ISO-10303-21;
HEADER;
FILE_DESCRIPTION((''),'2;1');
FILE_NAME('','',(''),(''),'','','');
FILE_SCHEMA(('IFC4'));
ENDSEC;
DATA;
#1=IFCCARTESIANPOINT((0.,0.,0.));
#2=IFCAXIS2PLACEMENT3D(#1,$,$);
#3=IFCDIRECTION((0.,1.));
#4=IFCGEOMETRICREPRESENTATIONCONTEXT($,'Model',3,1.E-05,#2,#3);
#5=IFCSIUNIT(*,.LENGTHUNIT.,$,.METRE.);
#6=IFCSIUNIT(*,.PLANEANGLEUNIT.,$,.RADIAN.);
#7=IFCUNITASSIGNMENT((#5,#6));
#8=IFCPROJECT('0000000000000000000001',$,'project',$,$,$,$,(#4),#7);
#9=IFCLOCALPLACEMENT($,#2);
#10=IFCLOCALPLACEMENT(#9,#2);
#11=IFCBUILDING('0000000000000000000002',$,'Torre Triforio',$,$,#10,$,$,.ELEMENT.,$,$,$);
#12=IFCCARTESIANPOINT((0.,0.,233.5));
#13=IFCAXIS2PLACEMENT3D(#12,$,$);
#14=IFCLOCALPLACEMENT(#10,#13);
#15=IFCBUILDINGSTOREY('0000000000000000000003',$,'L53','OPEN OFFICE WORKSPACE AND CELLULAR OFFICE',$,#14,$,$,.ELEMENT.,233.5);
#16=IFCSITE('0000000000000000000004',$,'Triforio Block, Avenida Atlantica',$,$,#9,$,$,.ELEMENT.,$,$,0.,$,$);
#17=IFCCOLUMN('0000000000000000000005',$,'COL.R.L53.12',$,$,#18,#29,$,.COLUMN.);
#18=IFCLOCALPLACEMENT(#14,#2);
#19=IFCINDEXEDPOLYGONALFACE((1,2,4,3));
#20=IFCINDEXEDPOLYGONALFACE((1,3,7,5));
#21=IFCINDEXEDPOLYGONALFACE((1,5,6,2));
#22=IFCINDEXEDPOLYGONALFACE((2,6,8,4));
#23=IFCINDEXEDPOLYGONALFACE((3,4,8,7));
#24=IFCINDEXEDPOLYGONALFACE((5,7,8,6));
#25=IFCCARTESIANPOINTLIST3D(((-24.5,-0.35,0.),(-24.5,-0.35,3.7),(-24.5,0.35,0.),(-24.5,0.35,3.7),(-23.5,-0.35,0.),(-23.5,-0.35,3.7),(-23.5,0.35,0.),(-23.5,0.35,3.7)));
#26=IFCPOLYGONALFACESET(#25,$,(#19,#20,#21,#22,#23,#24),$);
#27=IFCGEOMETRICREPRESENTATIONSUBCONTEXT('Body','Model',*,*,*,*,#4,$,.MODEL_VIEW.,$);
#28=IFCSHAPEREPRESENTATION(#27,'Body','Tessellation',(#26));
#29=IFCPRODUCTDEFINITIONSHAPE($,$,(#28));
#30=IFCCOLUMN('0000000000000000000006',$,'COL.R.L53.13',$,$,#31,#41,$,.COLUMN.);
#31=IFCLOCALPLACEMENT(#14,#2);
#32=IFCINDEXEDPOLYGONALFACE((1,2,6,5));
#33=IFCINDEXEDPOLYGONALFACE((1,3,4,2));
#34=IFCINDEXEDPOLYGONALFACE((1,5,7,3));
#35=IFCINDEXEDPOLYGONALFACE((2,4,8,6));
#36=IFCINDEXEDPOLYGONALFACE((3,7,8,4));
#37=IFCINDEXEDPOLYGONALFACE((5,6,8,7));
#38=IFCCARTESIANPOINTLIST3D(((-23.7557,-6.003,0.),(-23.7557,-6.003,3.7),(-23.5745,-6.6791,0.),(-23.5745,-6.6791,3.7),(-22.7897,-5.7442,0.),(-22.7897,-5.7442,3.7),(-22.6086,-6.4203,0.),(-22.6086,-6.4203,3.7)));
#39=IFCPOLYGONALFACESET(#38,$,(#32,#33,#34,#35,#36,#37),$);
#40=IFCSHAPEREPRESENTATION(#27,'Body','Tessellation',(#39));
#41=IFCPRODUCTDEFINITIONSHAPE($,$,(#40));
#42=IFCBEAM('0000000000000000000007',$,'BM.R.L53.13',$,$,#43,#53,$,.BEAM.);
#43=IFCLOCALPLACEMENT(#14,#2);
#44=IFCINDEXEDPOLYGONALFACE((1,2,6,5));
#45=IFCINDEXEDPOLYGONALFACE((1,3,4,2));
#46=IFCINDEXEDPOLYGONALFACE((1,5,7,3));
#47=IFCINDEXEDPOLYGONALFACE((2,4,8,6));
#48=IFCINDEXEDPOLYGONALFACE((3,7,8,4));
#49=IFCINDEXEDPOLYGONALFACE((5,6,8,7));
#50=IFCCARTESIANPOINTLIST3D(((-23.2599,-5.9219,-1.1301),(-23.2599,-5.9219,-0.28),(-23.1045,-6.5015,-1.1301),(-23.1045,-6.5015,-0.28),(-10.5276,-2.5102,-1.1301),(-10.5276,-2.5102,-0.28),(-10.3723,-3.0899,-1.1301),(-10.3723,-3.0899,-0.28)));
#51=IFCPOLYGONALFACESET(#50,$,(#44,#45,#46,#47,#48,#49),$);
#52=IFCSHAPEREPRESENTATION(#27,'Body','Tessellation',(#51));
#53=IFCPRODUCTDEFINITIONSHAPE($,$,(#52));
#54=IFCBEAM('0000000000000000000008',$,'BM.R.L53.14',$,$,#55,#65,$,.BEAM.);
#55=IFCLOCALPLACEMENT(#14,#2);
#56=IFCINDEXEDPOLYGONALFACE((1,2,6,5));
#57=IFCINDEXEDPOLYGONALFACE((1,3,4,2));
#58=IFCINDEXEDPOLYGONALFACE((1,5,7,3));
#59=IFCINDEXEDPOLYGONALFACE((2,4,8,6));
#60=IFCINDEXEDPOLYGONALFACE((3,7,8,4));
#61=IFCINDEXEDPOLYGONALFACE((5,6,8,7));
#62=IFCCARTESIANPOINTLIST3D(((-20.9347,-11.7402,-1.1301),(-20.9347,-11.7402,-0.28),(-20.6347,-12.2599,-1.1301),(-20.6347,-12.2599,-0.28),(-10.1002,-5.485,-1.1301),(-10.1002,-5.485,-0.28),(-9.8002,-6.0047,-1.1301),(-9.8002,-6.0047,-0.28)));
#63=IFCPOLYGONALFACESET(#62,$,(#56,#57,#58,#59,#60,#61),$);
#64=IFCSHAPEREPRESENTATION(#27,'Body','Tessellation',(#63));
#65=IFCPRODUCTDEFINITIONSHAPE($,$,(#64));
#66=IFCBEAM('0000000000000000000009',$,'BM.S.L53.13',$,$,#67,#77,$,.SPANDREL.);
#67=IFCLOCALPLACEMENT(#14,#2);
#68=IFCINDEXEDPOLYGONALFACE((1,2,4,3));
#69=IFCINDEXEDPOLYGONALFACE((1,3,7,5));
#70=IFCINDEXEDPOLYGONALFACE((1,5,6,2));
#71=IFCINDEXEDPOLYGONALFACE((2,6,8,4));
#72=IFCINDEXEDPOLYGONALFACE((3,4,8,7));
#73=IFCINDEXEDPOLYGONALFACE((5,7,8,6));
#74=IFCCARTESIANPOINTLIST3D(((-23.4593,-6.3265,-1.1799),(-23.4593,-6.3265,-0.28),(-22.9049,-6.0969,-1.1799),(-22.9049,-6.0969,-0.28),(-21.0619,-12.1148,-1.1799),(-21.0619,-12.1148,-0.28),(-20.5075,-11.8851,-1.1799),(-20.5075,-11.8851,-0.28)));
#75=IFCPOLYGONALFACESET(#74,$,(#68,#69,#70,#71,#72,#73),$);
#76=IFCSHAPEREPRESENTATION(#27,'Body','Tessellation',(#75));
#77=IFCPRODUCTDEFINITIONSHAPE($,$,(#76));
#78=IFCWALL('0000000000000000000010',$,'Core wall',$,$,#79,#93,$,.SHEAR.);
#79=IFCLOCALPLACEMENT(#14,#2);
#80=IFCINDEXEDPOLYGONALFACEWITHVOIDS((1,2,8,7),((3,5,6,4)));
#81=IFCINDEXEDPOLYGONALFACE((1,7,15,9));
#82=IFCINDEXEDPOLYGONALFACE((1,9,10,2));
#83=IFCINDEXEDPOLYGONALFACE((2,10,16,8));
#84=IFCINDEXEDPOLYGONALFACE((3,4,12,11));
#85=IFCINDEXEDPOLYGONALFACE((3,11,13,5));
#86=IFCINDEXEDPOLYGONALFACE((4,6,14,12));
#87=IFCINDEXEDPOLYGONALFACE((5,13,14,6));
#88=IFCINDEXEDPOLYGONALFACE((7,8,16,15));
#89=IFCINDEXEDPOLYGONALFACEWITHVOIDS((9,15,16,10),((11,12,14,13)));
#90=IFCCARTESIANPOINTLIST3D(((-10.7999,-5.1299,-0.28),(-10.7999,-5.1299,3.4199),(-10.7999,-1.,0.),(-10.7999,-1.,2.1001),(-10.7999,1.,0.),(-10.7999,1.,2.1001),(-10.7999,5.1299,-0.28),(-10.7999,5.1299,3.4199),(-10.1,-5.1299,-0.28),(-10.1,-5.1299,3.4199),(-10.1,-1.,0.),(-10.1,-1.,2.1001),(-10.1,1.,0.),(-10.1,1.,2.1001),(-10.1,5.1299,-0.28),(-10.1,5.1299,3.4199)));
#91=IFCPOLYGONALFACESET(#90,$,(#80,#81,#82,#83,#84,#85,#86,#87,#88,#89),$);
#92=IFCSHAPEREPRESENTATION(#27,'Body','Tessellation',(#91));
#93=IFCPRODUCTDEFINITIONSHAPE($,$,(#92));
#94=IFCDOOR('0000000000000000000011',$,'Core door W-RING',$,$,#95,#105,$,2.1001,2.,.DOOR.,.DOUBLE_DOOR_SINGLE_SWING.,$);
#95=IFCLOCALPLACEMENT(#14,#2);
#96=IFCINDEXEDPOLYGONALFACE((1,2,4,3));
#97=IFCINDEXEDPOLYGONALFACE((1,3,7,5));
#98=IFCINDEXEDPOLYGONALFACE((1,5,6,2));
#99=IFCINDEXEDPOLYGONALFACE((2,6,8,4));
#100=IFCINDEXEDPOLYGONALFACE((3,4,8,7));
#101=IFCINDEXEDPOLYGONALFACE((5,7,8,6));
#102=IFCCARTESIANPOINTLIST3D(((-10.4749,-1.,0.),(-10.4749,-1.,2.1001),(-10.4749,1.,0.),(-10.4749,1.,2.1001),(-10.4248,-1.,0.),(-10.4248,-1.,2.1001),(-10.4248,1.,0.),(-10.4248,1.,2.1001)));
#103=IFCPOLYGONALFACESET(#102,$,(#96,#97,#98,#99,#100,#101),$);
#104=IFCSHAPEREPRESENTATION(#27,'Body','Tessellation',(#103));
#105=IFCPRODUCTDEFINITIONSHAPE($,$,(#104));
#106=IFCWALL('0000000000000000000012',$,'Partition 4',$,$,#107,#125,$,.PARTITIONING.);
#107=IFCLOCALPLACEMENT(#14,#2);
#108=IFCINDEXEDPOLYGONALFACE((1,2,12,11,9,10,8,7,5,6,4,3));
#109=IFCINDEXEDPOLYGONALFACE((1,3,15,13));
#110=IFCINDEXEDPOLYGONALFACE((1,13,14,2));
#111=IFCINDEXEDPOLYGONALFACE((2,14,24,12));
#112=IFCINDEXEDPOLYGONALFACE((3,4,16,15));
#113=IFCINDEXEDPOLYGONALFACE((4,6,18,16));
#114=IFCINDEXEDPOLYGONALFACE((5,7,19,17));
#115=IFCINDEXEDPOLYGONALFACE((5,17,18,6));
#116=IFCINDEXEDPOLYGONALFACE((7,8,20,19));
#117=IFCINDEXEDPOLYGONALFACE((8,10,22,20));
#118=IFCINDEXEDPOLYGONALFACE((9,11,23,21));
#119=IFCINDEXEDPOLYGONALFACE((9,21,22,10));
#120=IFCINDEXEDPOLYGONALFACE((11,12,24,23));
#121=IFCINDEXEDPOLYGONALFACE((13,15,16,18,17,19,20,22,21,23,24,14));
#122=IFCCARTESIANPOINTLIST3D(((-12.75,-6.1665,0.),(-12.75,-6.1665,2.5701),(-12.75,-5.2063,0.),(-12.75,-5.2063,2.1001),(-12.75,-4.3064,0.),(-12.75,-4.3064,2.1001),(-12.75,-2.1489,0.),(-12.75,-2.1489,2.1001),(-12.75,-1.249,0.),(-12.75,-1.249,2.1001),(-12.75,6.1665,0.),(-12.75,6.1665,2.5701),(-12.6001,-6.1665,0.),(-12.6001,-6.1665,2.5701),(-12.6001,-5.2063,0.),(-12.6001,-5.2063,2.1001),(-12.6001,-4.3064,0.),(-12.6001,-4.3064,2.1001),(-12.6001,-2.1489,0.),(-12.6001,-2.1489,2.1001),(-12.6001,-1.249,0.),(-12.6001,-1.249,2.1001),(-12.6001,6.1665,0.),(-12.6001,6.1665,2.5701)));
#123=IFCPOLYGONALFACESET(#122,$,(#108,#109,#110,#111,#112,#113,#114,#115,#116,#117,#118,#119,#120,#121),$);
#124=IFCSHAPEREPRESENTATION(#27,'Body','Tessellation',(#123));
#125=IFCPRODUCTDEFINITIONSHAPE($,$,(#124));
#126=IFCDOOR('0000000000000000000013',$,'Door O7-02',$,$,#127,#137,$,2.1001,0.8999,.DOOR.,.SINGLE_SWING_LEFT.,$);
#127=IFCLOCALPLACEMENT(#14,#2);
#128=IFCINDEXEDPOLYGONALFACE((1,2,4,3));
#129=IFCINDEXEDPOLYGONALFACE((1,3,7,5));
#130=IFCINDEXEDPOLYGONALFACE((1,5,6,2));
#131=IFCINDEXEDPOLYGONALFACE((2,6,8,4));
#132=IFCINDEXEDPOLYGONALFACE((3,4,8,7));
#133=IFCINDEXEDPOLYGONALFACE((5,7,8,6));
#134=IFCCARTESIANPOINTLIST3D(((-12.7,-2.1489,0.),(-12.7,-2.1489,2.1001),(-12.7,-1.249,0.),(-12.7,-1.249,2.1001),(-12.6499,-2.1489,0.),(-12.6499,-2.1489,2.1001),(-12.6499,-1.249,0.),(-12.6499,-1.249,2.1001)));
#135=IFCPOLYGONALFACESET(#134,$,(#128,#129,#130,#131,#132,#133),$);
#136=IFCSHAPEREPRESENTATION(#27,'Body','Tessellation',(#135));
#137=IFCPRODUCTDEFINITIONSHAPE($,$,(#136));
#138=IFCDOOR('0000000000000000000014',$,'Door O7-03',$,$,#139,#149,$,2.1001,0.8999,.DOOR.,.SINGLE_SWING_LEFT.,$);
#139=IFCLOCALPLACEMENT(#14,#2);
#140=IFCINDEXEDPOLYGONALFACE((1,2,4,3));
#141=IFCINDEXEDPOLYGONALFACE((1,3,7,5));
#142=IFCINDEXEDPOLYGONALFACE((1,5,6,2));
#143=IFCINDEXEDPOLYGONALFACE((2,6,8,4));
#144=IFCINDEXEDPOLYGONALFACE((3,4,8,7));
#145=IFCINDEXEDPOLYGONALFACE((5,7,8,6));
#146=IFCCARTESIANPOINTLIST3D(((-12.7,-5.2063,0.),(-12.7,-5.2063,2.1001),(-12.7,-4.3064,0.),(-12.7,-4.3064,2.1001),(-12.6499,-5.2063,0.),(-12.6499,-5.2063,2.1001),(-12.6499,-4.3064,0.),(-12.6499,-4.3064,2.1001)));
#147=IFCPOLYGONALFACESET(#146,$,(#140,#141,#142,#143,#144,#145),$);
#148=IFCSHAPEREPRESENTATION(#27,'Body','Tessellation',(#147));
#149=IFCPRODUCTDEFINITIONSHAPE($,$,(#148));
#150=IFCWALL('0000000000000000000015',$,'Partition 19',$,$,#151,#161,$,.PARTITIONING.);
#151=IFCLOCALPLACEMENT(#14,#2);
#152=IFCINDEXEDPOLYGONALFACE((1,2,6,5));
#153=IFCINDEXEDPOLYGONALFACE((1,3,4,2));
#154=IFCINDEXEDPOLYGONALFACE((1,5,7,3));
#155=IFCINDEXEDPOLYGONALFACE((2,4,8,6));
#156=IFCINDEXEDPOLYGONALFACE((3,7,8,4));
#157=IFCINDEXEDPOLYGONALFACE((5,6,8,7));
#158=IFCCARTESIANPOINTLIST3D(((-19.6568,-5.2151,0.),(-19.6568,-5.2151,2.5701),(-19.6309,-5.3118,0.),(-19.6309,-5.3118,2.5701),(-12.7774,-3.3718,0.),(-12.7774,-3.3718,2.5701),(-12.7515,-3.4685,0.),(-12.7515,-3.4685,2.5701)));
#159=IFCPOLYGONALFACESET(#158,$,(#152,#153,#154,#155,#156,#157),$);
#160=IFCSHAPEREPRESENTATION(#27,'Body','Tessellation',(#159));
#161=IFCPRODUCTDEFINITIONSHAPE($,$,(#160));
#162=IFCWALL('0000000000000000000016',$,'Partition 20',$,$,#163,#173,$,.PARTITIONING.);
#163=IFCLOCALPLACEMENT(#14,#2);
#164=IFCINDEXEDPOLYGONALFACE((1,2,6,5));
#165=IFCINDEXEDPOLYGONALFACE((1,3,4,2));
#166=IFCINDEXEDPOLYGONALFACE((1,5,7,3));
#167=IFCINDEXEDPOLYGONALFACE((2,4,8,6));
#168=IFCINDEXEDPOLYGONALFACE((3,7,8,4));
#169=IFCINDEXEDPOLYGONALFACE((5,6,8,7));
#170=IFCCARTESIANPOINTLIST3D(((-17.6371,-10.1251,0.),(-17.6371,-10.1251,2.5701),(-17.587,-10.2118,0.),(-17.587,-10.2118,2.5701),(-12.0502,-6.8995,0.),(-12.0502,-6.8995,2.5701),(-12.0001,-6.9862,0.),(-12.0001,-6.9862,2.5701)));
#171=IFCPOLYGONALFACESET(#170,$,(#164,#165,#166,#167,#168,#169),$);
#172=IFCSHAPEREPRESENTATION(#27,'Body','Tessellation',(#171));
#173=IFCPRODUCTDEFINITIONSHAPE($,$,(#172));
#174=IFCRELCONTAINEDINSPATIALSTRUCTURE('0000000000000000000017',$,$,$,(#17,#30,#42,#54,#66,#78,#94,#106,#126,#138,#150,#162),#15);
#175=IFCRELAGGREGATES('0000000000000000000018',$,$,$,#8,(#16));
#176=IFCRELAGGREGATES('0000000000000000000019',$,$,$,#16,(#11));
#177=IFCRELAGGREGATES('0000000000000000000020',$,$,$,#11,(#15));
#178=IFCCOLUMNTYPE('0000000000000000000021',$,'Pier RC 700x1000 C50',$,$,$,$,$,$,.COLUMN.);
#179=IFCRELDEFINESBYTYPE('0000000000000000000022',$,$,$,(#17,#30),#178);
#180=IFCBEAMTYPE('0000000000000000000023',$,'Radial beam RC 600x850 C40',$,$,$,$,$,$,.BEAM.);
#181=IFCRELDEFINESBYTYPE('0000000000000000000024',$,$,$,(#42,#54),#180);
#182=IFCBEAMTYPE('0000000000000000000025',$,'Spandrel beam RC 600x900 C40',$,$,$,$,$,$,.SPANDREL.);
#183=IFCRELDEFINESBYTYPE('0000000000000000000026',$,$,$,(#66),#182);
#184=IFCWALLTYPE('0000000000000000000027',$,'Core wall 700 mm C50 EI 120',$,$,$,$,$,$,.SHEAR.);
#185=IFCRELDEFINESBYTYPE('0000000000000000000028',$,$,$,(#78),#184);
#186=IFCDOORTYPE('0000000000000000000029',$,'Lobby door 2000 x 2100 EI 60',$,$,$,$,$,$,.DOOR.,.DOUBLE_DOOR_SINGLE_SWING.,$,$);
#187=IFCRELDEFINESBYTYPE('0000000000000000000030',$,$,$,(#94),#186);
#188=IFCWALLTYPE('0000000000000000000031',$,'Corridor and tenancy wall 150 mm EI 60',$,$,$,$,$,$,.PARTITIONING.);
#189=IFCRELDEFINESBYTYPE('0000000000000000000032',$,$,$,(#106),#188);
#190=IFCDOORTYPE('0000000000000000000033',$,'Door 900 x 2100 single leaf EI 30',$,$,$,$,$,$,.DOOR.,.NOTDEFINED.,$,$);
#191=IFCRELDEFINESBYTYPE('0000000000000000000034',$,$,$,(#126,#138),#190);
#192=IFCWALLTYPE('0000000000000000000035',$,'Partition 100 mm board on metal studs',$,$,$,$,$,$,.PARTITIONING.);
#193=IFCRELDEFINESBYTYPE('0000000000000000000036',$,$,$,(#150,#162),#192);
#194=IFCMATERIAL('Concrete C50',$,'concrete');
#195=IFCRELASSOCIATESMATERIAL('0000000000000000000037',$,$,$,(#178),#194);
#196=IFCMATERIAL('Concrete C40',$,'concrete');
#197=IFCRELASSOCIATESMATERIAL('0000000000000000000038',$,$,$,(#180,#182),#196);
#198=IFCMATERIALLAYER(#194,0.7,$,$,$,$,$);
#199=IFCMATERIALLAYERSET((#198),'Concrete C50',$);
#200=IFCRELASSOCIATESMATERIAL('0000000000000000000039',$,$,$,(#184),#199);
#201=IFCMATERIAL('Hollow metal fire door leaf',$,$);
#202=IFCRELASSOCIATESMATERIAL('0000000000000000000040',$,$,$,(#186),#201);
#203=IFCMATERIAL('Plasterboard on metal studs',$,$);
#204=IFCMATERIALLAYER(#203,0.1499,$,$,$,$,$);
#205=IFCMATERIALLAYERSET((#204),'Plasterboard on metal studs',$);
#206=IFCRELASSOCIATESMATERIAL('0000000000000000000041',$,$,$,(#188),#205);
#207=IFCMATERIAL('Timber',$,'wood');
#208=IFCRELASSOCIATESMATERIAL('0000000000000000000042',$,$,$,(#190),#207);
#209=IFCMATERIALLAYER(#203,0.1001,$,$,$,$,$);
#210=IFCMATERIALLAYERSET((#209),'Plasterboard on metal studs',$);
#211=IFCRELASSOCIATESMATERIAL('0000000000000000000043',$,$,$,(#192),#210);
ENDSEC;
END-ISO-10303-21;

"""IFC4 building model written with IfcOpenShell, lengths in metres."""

from ifc_helpers import new_model, si_unit, direction, frame, frame_2d, origin, origin_2d, place, context, subcontext, project, spatial, rectangle, extrude, material, layer, layer_set, material_profile, profile_set, type_object, element, fill, save


model = new_model("IFC4")

# Units and contexts
model_context = context("Model", 3, precision=1e-05, world=origin(), true_north=direction((0.0, 1.0)))
body_context = subcontext(model_context, "Body", "Model", "MODEL_VIEW")
ifc_project = project(units=[si_unit("LENGTHUNIT", "METRE"), si_unit("PLANEANGLEUNIT", "RADIAN")], contexts=[model_context])

# Site, building, storey
site_placement = place(None, origin())
site = spatial("IfcSite", under=ifc_project, at=site_placement, Name="Triforio Block, Avenida Atlantica", CompositionType="ELEMENT", RefElevation=0.0)
building_placement = place(site_placement, origin())
building = spatial("IfcBuilding", under=site, at=building_placement, Name="Torre Triforio", CompositionType="ELEMENT")
storey_placement = place(building_placement, frame((0.0, 0.0, 233.5)))
storey = spatial("IfcBuildingStorey", under=building, at=storey_placement, Name="L53", Description="OPEN OFFICE WORKSPACE AND CELLULAR OFFICE", CompositionType="ELEMENT", Elevation=233.5)

# Columns
ifc_material_1 = material(Name="Concrete C50", Category="concrete")
ifc_material_profile_1 = material_profile(ifc_material_1, rectangle(XDim=0.7, YDim=1.0, at=origin_2d()), Name="RC 700x1000")
ifc_profile_set_1 = profile_set([ifc_material_profile_1], Name="Concrete C50")
column_type = type_object("IfcColumnType", Name="Pier RC 700x1000 C50", PredefinedType="COLUMN", material=ifc_profile_set_1)
for number, where, z_axis, x_axis, name in (
    (1, (-24.0, 0.0, 0.0), (0.0, 0.0, 1.0), (0.0, -1.0, 0.0), "COL.R.L53.12"),
    (2, (-23.1821, -6.2117, 0.0), (0.0, 0.0, 1.0), (0.258819, -0.965926, 0.0), "COL.R.L53.13"),
):
    element("IfcColumn", number, at=place(storey_placement, frame(where, z_axis=z_axis, x_axis=x_axis)), inside=storey, type_object=column_type, Name=name, PredefinedType="COLUMN", context=body_context, shape_type="SweptSolid", body=[
        extrude(rectangle(XDim=0.7, YDim=1.0, at=origin_2d()), origin(), (0.0, 0.0, 1.0), 3.7),
    ])

# Beams
ifc_material_2 = material(Name="Concrete C40", Category="concrete")
ifc_material_profile_2 = material_profile(ifc_material_2, rectangle(XDim=0.6001, YDim=0.8501, at=origin_2d()), Name="RC 600x850")
ifc_profile_set_2 = profile_set([ifc_material_profile_2], Name="Concrete C40")
beam_type_1 = type_object("IfcBeamType", Name="Radial beam RC 600x850 C40", PredefinedType="BEAM", material=ifc_profile_set_2)
beam_1_placement = place(storey_placement, frame((-10.45, -2.8, -0.7051), z_axis=(-0.965925, -0.258822, 0.0), x_axis=(0.258822, -0.965925, 0.0)))
element("IfcBeam", 3, at=beam_1_placement, inside=storey, type_object=beam_type_1, Name="BM.R.L53.13", PredefinedType="BEAM", context=body_context, shape_type="SweptSolid", body=[
    extrude(rectangle(XDim=0.6001, YDim=0.8501, at=origin_2d()), origin(), (0.0, 0.0, 1.0), 13.1814),
])
beam_2_placement = place(storey_placement, frame((-9.9502, -5.7449, -0.7051), z_axis=(-0.866031, -0.49999, 0.0), x_axis=(0.49999, -0.866031, 0.0)))
element("IfcBeam", 4, at=beam_2_placement, inside=storey, type_object=beam_type_1, Name="BM.R.L53.14", PredefinedType="BEAM", context=body_context, shape_type="SweptSolid", body=[
    extrude(rectangle(XDim=0.6001, YDim=0.8501, at=origin_2d()), origin(), (0.0, 0.0, 1.0), 12.5105),
])
ifc_material_profile_3 = material_profile(ifc_material_2, rectangle(XDim=0.6001, YDim=0.8999, at=origin_2d()), Name="RC 600x900")
ifc_profile_set_3 = profile_set([ifc_material_profile_3], Name="Concrete C40")
beam_type_2 = type_object("IfcBeamType", Name="Spandrel beam RC 600x900 C40", PredefinedType="SPANDREL", material=ifc_profile_set_3)
beam_3_placement = place(storey_placement, frame((-23.1821, -6.2117, -0.73), z_axis=(0.382664, -0.923888, 0.0), x_axis=(0.923888, 0.382664, 0.0)))
element("IfcBeam", 5, at=beam_3_placement, inside=storey, type_object=beam_type_2, Name="BM.S.L53.13", PredefinedType="SPANDREL", context=body_context, shape_type="SweptSolid", body=[
    extrude(rectangle(XDim=0.6001, YDim=0.8999, at=origin_2d()), origin(), (0.0, 0.0, 1.0), 6.2651),
])

# Wall, opening, door
ifc_layer_1 = layer(ifc_material_1, 0.7)
ifc_layer_set_1 = layer_set([ifc_layer_1], Name="Concrete C50")
wall_type_1 = type_object("IfcWallType", Name="Core wall 700 mm C50 EI 120", PredefinedType="SHEAR", material=ifc_layer_set_1)
wall_1_placement = place(storey_placement, frame((-10.45, -5.1299, -0.28), z_axis=(0.0, 0.0, 1.0), x_axis=(0.0, 1.0, 0.0)))
wall_1 = element("IfcWall", 6, at=wall_1_placement, inside=storey, type_object=wall_type_1, Name="Core wall", PredefinedType="SHEAR", context=body_context, shape_type="SweptSolid", body=[
    extrude(rectangle(XDim=10.2598, YDim=0.7, at=frame_2d((5.1299, 0.0))), origin(), (0.0, 0.0, 1.0), 3.7),
])
opening_1_placement = place(wall_1_placement, frame((4.1299, 0.0, 0.28)))
opening_1 = element("IfcOpeningElement", 7, at=opening_1_placement, cuts=wall_1, PredefinedType="OPENING", context=body_context, shape_type="SweptSolid", body=[
    extrude(rectangle(XDim=2.0, YDim=2.1001, at=frame_2d((1.0, 1.05))), frame((0.0, 0.3599, 0.0), z_axis=(0.0, -1.0, 0.0), x_axis=(1.0, 0.0, 0.0)), (0.0, 0.0, 1.0), 0.72),
])
ifc_material_3 = material(Name="Hollow metal fire door leaf")
door_type_1 = type_object("IfcDoorType", Name="Lobby door 2000 x 2100 EI 60", OperationType="DOUBLE_DOOR_SINGLE_SWING", PredefinedType="DOOR", material=ifc_material_3)
door_1_placement = place(opening_1_placement, origin())
door_1 = element("IfcDoor", 8, at=door_1_placement, inside=storey, type_object=door_type_1, Name="Core door W-RING", OperationType="DOUBLE_DOOR_SINGLE_SWING", OverallHeight=2.1001, OverallWidth=2.0, PredefinedType="DOOR", context=body_context, shape_type="SweptSolid", body=[
    extrude(rectangle(XDim=2.0, YDim=2.1001, at=frame_2d((1.0, 1.05))), frame((0.0, 0.0249, 0.0), z_axis=(0.0, -1.0, 0.0), x_axis=(1.0, 0.0, 0.0)), (0.0, 0.0, 1.0), 0.05),
])
fill(opening_1, door_1)

# Wall, openings, doors
ifc_material_4 = material(Name="Plasterboard on metal studs")
ifc_layer_2 = layer(ifc_material_4, 0.1499)
ifc_layer_set_2 = layer_set([ifc_layer_2], Name="Plasterboard on metal studs")
wall_type_2 = type_object("IfcWallType", Name="Corridor and tenancy wall 150 mm EI 60", PredefinedType="PARTITIONING", material=ifc_layer_set_2)
wall_2_placement = place(storey_placement, frame((-12.675, -6.1665, 0.0), z_axis=(0.0, 0.0, 1.0), x_axis=(0.0, 1.0, 0.0)))
wall_2 = element("IfcWall", 9, at=wall_2_placement, inside=storey, type_object=wall_type_2, Name="Partition 4", PredefinedType="PARTITIONING", context=body_context, shape_type="SweptSolid", body=[
    extrude(rectangle(XDim=12.333, YDim=0.1499, at=frame_2d((6.1665, 0.0))), origin(), (0.0, 0.0, 1.0), 2.5701),
])
opening_2_placement = place(wall_2_placement, frame((4.0176, 0.0, 0.0)))
opening_2 = element("IfcOpeningElement", 10, at=opening_2_placement, cuts=wall_2, PredefinedType="OPENING", context=body_context, shape_type="SweptSolid", body=[
    extrude(rectangle(XDim=0.8999, YDim=2.1001, at=frame_2d((0.45, 1.05))), frame((0.0, 0.085, 0.0), z_axis=(0.0, -1.0, 0.0), x_axis=(1.0, 0.0, 0.0)), (0.0, 0.0, 1.0), 0.1699),
])
opening_3_placement = place(wall_2_placement, frame((0.9602, 0.0, 0.0)))
opening_3 = element("IfcOpeningElement", 11, at=opening_3_placement, cuts=wall_2, PredefinedType="OPENING", context=body_context, shape_type="SweptSolid", body=[
    extrude(rectangle(XDim=0.8999, YDim=2.1001, at=frame_2d((0.45, 1.05))), frame((0.0, 0.085, 0.0), z_axis=(0.0, -1.0, 0.0), x_axis=(1.0, 0.0, 0.0)), (0.0, 0.0, 1.0), 0.1699),
])
ifc_material_5 = material(Name="Timber", Category="wood")
door_type_2 = type_object("IfcDoorType", Name="Door 900 x 2100 single leaf EI 30", OperationType="NOTDEFINED", PredefinedType="DOOR", material=ifc_material_5)
door_2_placement = place(opening_2_placement, origin())
door_2 = element("IfcDoor", 12, at=door_2_placement, inside=storey, type_object=door_type_2, Name="Door O7-02", OperationType="SINGLE_SWING_LEFT", OverallHeight=2.1001, OverallWidth=0.8999, PredefinedType="DOOR", context=body_context, shape_type="SweptSolid", body=[
    extrude(rectangle(XDim=0.8999, YDim=2.1001, at=frame_2d((0.45, 1.05))), frame((0.0, 0.0249, 0.0), z_axis=(0.0, -1.0, 0.0), x_axis=(1.0, 0.0, 0.0)), (0.0, 0.0, 1.0), 0.05),
])
fill(opening_2, door_2)
door_3_placement = place(opening_3_placement, origin())
door_3 = element("IfcDoor", 13, at=door_3_placement, inside=storey, type_object=door_type_2, Name="Door O7-03", OperationType="SINGLE_SWING_LEFT", OverallHeight=2.1001, OverallWidth=0.8999, PredefinedType="DOOR", context=body_context, shape_type="SweptSolid", body=[
    extrude(rectangle(XDim=0.8999, YDim=2.1001, at=frame_2d((0.45, 1.05))), frame((0.0, 0.0249, 0.0), z_axis=(0.0, -1.0, 0.0), x_axis=(1.0, 0.0, 0.0)), (0.0, 0.0, 1.0), 0.05),
])
fill(opening_3, door_3)

# Walls
ifc_layer_3 = layer(ifc_material_4, 0.1001)
ifc_layer_set_3 = layer_set([ifc_layer_3], Name="Plasterboard on metal studs")
wall_type_3 = type_object("IfcWallType", Name="Partition 100 mm board on metal studs", PredefinedType="PARTITIONING", material=ifc_layer_set_3)
wall_3_placement = place(storey_placement, frame((-12.7644, -3.4202, 0.0), z_axis=(0.0, 0.0, 1.0), x_axis=(-0.965928, -0.25881, 0.0)))
element("IfcWall", 14, at=wall_3_placement, inside=storey, type_object=wall_type_3, Name="Partition 19", PredefinedType="PARTITIONING", context=body_context, shape_type="SweptSolid", body=[
    extrude(rectangle(XDim=7.1221, YDim=0.1001, at=frame_2d((3.561, 0.0))), origin(), (0.0, 0.0, 1.0), 2.5701),
])
wall_4_placement = place(storey_placement, frame((-12.0251, -6.9429, 0.0), z_axis=(0.0, 0.0, 1.0), x_axis=(-0.866027, -0.499998, 0.0)))
element("IfcWall", 15, at=wall_4_placement, inside=storey, type_object=wall_type_3, Name="Partition 20", PredefinedType="PARTITIONING", context=body_context, shape_type="SweptSolid", body=[
    extrude(rectangle(XDim=6.4512, YDim=0.1001, at=frame_2d((3.2256, 0.0))), origin(), (0.0, 0.0, 1.0), 2.5701),
])

save(model, "model.ifc")
